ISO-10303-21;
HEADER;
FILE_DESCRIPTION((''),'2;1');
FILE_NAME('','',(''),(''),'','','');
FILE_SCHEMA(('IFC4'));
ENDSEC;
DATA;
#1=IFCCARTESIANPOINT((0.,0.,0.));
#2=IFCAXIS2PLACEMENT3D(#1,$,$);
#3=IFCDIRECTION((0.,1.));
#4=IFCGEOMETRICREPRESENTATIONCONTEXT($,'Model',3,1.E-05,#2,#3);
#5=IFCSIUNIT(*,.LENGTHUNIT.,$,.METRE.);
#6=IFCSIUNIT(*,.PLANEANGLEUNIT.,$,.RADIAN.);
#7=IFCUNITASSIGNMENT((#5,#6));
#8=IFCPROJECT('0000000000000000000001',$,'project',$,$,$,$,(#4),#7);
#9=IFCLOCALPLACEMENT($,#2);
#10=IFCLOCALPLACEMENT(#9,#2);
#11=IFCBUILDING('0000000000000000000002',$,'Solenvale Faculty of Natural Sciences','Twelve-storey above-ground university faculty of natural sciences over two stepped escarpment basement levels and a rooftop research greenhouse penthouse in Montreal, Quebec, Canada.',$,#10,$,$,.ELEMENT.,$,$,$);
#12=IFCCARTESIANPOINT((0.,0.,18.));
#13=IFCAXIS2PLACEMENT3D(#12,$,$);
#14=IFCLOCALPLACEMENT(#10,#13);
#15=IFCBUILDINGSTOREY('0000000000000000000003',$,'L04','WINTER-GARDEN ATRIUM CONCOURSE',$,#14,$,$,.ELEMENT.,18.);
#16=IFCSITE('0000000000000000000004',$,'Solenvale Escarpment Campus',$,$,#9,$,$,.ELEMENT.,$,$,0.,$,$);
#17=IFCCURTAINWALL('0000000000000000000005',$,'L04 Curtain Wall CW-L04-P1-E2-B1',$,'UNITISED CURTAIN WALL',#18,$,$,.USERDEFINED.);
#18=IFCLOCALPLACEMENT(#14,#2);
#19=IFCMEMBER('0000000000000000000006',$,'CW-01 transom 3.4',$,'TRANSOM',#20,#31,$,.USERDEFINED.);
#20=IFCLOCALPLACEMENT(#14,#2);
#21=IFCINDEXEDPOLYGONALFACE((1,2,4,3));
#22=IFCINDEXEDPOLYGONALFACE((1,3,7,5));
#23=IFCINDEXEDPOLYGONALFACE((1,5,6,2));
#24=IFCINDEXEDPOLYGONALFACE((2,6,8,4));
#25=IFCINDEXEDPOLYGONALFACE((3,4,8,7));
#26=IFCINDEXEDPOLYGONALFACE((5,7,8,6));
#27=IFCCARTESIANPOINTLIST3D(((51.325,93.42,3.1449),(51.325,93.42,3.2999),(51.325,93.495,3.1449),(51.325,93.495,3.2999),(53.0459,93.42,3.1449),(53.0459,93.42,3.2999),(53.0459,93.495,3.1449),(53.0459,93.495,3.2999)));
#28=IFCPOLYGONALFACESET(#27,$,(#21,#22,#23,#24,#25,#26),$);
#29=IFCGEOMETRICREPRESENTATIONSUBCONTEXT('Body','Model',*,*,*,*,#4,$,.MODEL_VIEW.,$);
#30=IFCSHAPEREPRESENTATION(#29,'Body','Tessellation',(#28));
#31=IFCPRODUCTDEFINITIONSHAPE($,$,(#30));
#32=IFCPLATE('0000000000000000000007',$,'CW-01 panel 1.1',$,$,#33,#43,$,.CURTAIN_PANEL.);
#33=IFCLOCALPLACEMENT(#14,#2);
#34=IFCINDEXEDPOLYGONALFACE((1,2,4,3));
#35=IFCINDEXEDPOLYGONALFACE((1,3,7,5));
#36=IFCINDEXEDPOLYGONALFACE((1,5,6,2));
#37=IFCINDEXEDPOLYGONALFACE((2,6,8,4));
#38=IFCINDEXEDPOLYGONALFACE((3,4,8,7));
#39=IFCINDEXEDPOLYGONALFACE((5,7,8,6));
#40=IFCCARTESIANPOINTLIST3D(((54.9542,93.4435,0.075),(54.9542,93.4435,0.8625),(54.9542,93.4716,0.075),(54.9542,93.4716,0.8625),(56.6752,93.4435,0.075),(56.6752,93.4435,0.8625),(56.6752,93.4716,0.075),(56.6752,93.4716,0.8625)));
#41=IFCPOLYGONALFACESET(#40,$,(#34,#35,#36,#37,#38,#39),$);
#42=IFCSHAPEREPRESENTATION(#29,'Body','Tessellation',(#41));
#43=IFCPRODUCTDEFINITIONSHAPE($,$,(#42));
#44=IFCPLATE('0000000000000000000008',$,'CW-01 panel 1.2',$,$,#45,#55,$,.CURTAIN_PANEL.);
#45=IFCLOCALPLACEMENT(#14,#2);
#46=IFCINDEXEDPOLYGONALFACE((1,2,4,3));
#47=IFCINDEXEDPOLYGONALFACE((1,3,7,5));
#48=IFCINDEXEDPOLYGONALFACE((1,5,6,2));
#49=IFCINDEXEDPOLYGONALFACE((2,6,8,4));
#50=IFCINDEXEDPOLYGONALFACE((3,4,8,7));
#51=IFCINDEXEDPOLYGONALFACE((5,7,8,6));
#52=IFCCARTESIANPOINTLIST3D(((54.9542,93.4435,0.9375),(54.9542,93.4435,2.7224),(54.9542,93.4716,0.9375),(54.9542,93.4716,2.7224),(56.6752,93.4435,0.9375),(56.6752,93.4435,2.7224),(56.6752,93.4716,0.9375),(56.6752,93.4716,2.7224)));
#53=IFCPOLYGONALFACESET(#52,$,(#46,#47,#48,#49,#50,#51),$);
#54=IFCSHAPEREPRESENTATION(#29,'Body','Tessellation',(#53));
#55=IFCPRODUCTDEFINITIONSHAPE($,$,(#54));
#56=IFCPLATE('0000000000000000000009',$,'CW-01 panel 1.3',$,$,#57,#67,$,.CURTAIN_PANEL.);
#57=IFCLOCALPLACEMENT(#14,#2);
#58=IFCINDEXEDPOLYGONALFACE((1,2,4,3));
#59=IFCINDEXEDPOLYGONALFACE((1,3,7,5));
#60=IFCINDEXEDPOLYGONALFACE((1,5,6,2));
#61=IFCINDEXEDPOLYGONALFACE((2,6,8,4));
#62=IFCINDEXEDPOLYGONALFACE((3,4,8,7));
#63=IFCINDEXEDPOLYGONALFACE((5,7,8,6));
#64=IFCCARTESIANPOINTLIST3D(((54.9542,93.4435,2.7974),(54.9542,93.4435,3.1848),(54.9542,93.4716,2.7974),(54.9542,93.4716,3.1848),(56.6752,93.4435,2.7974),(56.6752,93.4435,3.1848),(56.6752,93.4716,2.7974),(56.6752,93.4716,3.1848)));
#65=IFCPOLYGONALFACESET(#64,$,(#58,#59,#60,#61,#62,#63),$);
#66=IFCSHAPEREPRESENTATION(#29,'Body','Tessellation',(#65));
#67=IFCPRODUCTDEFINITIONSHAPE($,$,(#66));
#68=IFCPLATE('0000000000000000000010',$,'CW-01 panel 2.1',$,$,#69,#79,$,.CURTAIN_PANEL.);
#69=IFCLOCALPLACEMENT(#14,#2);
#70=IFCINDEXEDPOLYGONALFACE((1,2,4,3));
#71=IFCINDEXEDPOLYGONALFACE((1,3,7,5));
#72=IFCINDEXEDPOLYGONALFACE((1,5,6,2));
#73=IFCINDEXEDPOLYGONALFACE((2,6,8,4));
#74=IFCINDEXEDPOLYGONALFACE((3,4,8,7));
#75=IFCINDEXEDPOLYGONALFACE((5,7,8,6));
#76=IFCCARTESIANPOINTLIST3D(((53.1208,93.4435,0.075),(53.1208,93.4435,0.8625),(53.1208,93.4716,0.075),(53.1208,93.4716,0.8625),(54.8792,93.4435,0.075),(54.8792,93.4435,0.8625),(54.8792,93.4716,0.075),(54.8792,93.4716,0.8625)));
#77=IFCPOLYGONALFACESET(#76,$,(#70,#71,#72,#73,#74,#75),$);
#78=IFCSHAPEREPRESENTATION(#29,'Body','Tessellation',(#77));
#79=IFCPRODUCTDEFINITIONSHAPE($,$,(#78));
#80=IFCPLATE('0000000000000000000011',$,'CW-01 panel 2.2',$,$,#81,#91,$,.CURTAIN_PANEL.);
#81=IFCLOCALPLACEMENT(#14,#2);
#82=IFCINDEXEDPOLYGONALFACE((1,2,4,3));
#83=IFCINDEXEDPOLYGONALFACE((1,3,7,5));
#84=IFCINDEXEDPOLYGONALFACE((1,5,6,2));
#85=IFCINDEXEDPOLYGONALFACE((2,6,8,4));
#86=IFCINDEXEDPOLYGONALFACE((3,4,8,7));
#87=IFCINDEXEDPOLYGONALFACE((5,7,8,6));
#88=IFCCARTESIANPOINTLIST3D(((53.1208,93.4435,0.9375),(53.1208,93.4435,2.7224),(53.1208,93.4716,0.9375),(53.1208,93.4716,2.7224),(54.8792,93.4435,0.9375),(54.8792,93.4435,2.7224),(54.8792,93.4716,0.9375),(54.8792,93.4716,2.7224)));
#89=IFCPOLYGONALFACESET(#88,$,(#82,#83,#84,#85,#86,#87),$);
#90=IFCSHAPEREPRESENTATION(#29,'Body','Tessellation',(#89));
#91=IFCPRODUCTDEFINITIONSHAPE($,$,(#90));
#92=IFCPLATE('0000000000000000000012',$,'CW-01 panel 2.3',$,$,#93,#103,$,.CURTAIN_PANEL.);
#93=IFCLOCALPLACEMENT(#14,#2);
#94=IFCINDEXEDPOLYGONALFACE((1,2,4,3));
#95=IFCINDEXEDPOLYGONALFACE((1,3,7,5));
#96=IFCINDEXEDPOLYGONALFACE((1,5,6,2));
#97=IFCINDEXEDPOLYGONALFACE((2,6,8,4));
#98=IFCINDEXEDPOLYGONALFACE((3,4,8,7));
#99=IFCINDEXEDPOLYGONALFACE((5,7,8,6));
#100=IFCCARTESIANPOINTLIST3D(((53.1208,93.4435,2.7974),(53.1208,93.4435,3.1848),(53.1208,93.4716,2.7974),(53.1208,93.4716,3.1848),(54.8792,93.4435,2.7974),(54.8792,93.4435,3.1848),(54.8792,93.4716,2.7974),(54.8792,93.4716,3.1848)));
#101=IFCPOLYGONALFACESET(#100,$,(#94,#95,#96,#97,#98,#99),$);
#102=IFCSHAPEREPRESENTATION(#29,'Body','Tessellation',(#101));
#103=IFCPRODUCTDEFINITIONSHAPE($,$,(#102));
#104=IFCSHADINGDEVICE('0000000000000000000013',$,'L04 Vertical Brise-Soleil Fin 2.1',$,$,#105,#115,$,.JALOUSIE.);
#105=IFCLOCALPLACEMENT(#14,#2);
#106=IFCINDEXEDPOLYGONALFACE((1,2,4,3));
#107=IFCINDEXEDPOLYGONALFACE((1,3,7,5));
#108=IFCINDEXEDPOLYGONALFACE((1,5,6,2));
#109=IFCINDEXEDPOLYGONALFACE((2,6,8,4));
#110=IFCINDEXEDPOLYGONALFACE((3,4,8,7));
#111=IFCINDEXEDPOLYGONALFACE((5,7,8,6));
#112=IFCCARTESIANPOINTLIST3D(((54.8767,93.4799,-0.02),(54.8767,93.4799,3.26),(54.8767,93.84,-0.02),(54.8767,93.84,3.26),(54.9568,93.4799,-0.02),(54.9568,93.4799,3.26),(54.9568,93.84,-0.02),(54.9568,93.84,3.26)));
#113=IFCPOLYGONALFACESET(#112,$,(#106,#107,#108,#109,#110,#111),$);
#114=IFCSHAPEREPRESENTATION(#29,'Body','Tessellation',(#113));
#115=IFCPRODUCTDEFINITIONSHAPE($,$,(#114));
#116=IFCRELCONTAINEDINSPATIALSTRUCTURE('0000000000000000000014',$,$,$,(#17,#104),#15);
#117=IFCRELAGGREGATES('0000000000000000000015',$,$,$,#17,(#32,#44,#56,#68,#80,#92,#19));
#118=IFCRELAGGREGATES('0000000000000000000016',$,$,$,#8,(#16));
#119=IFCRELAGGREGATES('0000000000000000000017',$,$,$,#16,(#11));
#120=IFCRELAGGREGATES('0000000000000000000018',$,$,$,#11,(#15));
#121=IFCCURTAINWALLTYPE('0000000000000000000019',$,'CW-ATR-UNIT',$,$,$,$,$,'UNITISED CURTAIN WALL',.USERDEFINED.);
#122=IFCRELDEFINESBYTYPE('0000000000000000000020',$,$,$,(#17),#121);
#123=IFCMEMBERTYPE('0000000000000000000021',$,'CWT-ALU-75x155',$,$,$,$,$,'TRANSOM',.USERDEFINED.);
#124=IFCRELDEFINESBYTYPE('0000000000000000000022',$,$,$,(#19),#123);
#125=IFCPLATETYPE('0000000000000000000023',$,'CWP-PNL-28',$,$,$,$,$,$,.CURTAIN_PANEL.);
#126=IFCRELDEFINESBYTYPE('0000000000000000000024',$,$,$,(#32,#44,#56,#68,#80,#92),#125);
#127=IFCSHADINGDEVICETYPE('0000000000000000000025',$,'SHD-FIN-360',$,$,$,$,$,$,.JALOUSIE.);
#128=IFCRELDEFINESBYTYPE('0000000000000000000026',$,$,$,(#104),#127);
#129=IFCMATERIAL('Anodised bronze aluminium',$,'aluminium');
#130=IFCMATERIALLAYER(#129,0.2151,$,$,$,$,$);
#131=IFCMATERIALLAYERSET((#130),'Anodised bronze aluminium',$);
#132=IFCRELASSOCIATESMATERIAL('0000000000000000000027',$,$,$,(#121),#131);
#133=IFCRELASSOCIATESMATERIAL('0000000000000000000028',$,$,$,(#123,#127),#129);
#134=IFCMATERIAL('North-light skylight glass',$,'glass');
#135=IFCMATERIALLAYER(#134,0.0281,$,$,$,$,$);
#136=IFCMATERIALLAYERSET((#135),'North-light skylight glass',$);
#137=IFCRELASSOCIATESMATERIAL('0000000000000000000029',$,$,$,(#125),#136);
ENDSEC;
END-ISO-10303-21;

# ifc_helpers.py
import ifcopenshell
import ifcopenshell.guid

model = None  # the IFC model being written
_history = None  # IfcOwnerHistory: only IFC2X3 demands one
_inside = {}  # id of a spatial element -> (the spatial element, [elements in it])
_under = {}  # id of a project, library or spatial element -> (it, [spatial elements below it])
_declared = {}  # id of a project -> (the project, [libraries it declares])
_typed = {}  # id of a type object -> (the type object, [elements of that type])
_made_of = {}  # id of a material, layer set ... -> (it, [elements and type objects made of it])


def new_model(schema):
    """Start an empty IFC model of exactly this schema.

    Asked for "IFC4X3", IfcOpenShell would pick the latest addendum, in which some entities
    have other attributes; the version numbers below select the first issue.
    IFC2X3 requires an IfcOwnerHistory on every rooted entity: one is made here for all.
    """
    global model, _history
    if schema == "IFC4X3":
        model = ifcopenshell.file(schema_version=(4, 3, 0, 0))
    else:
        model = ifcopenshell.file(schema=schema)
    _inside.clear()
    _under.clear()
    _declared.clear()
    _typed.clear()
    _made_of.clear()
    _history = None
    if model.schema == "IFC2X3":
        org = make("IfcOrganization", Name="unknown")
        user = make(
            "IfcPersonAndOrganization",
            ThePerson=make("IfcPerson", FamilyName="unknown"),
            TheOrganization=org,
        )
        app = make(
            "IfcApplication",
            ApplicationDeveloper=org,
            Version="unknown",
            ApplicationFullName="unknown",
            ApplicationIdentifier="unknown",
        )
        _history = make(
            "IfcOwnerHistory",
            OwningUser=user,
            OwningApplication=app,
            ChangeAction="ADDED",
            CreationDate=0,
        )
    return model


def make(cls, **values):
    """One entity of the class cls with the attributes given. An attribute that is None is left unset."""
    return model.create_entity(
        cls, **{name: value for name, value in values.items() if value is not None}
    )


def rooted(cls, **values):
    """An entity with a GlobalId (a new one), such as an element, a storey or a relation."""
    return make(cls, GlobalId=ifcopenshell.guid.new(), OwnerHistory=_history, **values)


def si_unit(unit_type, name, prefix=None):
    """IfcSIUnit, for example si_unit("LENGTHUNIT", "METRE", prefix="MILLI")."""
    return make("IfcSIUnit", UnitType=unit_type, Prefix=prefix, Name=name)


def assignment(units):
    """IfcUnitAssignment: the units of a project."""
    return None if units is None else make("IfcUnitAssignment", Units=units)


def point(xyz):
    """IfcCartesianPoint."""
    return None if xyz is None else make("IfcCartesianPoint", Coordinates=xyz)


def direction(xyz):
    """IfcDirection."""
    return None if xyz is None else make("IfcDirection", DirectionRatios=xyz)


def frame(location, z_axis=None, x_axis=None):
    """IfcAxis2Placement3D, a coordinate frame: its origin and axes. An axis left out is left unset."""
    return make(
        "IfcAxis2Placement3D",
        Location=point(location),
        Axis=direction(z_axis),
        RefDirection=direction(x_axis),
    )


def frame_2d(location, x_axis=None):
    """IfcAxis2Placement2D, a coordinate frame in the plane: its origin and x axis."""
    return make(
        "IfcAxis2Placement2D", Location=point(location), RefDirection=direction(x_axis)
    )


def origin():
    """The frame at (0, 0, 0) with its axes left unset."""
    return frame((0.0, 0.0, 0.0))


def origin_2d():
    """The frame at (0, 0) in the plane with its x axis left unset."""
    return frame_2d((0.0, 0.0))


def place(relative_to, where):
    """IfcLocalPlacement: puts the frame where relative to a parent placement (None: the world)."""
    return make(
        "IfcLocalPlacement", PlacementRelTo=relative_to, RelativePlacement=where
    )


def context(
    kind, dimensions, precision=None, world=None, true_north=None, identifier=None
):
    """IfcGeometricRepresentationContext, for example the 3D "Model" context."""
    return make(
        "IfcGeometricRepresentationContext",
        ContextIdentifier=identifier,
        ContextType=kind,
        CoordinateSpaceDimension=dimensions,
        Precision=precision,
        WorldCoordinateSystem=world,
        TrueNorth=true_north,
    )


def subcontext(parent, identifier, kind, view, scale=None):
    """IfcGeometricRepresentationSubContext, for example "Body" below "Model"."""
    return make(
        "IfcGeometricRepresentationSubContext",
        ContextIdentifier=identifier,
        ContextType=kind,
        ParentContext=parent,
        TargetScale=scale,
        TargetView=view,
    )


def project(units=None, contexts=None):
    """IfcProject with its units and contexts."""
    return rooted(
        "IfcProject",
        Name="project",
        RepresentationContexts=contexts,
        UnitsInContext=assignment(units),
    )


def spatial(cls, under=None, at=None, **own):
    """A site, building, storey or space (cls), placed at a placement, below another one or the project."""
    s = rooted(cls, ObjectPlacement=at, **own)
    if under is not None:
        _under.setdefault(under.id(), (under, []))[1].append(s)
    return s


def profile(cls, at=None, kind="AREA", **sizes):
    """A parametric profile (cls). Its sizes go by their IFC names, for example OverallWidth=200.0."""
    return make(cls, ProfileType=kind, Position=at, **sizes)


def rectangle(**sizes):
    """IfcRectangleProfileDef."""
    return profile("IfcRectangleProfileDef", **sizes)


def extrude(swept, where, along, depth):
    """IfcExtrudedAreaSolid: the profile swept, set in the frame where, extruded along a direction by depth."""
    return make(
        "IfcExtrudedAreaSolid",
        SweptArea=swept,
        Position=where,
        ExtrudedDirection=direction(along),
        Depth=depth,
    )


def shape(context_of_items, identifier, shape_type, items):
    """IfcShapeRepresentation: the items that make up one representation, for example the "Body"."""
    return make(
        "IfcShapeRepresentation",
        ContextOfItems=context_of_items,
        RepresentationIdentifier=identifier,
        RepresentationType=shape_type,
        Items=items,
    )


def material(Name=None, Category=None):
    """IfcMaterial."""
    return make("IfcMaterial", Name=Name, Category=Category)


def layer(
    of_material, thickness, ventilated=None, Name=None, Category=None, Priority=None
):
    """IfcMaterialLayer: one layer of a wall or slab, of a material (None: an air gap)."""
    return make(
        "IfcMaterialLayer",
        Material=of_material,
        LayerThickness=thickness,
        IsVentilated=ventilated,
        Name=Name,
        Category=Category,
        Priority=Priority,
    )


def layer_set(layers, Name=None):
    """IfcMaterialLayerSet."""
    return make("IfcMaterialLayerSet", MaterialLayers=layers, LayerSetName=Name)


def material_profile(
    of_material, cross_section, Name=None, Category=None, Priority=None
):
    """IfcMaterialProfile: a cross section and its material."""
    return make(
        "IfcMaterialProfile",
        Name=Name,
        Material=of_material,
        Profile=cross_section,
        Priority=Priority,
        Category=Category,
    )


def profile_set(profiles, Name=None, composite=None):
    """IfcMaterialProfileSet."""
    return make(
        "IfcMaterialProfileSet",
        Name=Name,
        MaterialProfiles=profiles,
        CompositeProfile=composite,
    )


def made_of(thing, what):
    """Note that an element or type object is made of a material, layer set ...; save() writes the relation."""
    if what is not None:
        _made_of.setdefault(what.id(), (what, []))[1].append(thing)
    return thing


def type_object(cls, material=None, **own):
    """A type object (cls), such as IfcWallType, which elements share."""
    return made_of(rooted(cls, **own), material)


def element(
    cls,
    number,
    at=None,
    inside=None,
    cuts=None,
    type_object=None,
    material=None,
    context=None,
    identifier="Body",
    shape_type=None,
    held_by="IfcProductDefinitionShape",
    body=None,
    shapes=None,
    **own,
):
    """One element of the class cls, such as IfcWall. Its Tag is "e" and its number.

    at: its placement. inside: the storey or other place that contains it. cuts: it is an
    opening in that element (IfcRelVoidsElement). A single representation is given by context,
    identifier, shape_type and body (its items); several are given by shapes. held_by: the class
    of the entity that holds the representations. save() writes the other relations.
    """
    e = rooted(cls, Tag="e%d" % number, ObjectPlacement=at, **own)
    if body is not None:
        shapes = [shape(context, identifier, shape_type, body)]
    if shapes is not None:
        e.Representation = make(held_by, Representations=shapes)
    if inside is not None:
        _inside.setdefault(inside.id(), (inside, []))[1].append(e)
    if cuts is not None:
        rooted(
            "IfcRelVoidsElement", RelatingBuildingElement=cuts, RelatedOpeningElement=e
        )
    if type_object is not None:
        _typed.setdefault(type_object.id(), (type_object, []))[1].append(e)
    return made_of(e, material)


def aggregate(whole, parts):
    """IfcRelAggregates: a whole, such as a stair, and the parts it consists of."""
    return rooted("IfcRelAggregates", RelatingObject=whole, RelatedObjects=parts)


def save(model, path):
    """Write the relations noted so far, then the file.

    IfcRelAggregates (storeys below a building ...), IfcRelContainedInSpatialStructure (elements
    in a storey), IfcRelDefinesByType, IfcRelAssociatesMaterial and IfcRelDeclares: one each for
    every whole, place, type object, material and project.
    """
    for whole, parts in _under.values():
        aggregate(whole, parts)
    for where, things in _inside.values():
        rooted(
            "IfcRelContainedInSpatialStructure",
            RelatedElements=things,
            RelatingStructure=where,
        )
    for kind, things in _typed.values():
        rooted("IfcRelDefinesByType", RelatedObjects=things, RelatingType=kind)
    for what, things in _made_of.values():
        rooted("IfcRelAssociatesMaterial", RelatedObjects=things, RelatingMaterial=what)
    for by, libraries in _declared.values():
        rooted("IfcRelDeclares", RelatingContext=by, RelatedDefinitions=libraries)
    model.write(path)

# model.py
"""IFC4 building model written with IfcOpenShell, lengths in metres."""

from ifc_helpers import new_model, si_unit, direction, frame, origin, origin_2d, place, context, subcontext, project, spatial, rectangle, extrude, material, layer, layer_set, material_profile, profile_set, type_object, element, aggregate, save


model = new_model("IFC4")

# Units and contexts
model_context = context("Model", 3, precision=1e-05, world=origin(), true_north=direction((0.0, 1.0)))
body_context = subcontext(model_context, "Body", "Model", "MODEL_VIEW")
ifc_project = project(units=[si_unit("LENGTHUNIT", "METRE"), si_unit("PLANEANGLEUNIT", "RADIAN")], contexts=[model_context])

# Site, building, storey
site_placement = place(None, origin())
site = spatial("IfcSite", under=ifc_project, at=site_placement, Name="Solenvale Escarpment Campus", CompositionType="ELEMENT", RefElevation=0.0)
building_placement = place(site_placement, origin())
building = spatial("IfcBuilding", under=site, at=building_placement, Name="Solenvale Faculty of Natural Sciences", Description="Twelve-storey above-ground university faculty of natural sciences over two stepped escarpment basement levels and a rooftop research greenhouse penthouse in Montreal, Quebec, Canada.", CompositionType="ELEMENT")
storey_placement = place(building_placement, frame((0.0, 0.0, 18.0)))
storey = spatial("IfcBuildingStorey", under=building, at=storey_placement, Name="L04", Description="WINTER-GARDEN ATRIUM CONCOURSE", CompositionType="ELEMENT", Elevation=18.0)

# Shared definitions
ifc_material_1 = material(Name="Anodised bronze aluminium", Category="aluminium")
ifc_layer_1 = layer(ifc_material_1, 0.2151)
ifc_layer_set_1 = layer_set([ifc_layer_1], Name="Anodised bronze aluminium")
curtain_wall_type = type_object("IfcCurtainWallType", Name="CW-ATR-UNIT", ElementType="UNITISED CURTAIN WALL", PredefinedType="USERDEFINED", material=ifc_layer_set_1)

# Curtain wall
curtain_wall_1_placement = place(storey_placement, origin())
curtain_wall_1 = element("IfcCurtainWall", 1, at=curtain_wall_1_placement, inside=storey, type_object=curtain_wall_type, Name="L04 Curtain Wall CW-L04-P1-E2-B1", ObjectType="UNITISED CURTAIN WALL", PredefinedType="USERDEFINED")

# Member
ifc_material_profile_1 = material_profile(ifc_material_1, rectangle(XDim=0.075, YDim=0.155, at=origin_2d()), Name="ALU-TRN-75x155")
ifc_profile_set_1 = profile_set([ifc_material_profile_1], Name="Anodised bronze aluminium")
member_type_1 = type_object("IfcMemberType", Name="CWT-ALU-75x155", ElementType="TRANSOM", PredefinedType="USERDEFINED", material=ifc_profile_set_1)
member_1_placement = place(storey_placement, frame((53.0459, 93.4575, 3.2224), z_axis=(-1.0, 0.0, 0.0), x_axis=(0.0, -1.0, 0.0)))
member_1 = element("IfcMember", 2, at=member_1_placement, type_object=member_type_1, Name="CW-01 transom 3.4", ObjectType="TRANSOM", PredefinedType="USERDEFINED", context=body_context, shape_type="SweptSolid", body=[
    extrude(rectangle(XDim=0.075, YDim=0.155, at=origin_2d()), origin(), (0.0, 0.0, 1.0), 1.7209),
])

# Plates
ifc_material_2 = material(Name="North-light skylight glass", Category="glass")
ifc_layer_2 = layer(ifc_material_2, 0.0281)
ifc_layer_set_2 = layer_set([ifc_layer_2], Name="North-light skylight glass")
plate_type = type_object("IfcPlateType", Name="CWP-PNL-28", PredefinedType="CURTAIN_PANEL", material=ifc_layer_set_2)
plate_1_placement = place(storey_placement, frame((55.8147, 93.4575, 0.075), z_axis=(0.0, 0.0, 1.0), x_axis=(-1.0, 0.0, 0.0)))
plate_1 = element("IfcPlate", 3, at=plate_1_placement, type_object=plate_type, Name="CW-01 panel 1.1", PredefinedType="CURTAIN_PANEL", context=body_context, shape_type="SweptSolid", body=[
    extrude(rectangle(XDim=1.7209, YDim=0.0281, at=origin_2d()), origin(), (0.0, 0.0, 1.0), 0.7876),
])
plate_2_placement = place(storey_placement, frame((55.8147, 93.4575, 0.9375), z_axis=(0.0, 0.0, 1.0), x_axis=(-1.0, 0.0, 0.0)))
plate_2 = element("IfcPlate", 4, at=plate_2_placement, type_object=plate_type, Name="CW-01 panel 1.2", PredefinedType="CURTAIN_PANEL", context=body_context, shape_type="SweptSolid", body=[
    extrude(rectangle(XDim=1.7209, YDim=0.0281, at=origin_2d()), origin(), (0.0, 0.0, 1.0), 1.7849),
])
plate_3_placement = place(storey_placement, frame((55.8147, 93.4575, 2.7974), z_axis=(0.0, 0.0, 1.0), x_axis=(-1.0, 0.0, 0.0)))
plate_3 = element("IfcPlate", 5, at=plate_3_placement, type_object=plate_type, Name="CW-01 panel 1.3", PredefinedType="CURTAIN_PANEL", context=body_context, shape_type="SweptSolid", body=[
    extrude(rectangle(XDim=1.7209, YDim=0.0281, at=origin_2d()), origin(), (0.0, 0.0, 1.0), 0.3875),
])
plate_4_placement = place(storey_placement, frame((54.0, 93.4575, 0.075), z_axis=(0.0, 0.0, 1.0), x_axis=(-1.0, 0.0, 0.0)))
plate_4 = element("IfcPlate", 6, at=plate_4_placement, type_object=plate_type, Name="CW-01 panel 2.1", PredefinedType="CURTAIN_PANEL", context=body_context, shape_type="SweptSolid", body=[
    extrude(rectangle(XDim=1.7583, YDim=0.0281, at=origin_2d()), origin(), (0.0, 0.0, 1.0), 0.7876),
])
plate_5_placement = place(storey_placement, frame((54.0, 93.4575, 0.9375), z_axis=(0.0, 0.0, 1.0), x_axis=(-1.0, 0.0, 0.0)))
plate_5 = element("IfcPlate", 7, at=plate_5_placement, type_object=plate_type, Name="CW-01 panel 2.2", PredefinedType="CURTAIN_PANEL", context=body_context, shape_type="SweptSolid", body=[
    extrude(rectangle(XDim=1.7583, YDim=0.0281, at=origin_2d()), origin(), (0.0, 0.0, 1.0), 1.7849),
])
plate_6_placement = place(storey_placement, frame((54.0, 93.4575, 2.7974), z_axis=(0.0, 0.0, 1.0), x_axis=(-1.0, 0.0, 0.0)))
plate_6 = element("IfcPlate", 8, at=plate_6_placement, type_object=plate_type, Name="CW-01 panel 2.3", PredefinedType="CURTAIN_PANEL", context=body_context, shape_type="SweptSolid", body=[
    extrude(rectangle(XDim=1.7583, YDim=0.0281, at=origin_2d()), origin(), (0.0, 0.0, 1.0), 0.3875),
])
aggregate(curtain_wall_1, [plate_1, plate_2, plate_3, plate_4, plate_5, plate_6, member_1])

# Shading device
ifc_material_profile_2 = material_profile(ifc_material_1, rectangle(XDim=0.0801, YDim=0.3601, at=origin_2d()), Name="ALU-FIN-80x360")
ifc_profile_set_2 = profile_set([ifc_material_profile_2], Name="Anodised bronze aluminium")
shading_device_type = type_object("IfcShadingDeviceType", Name="SHD-FIN-360", PredefinedType="JALOUSIE", material=ifc_profile_set_2)
shading_device_placement = place(storey_placement, frame((54.9167, 93.6599, -0.02), z_axis=(0.0, 0.0, 1.0), x_axis=(1.0, 0.0, 0.0)))
element("IfcShadingDevice", 9, at=shading_device_placement, inside=storey, type_object=shading_device_type, Name="L04 Vertical Brise-Soleil Fin 2.1", PredefinedType="JALOUSIE", context=body_context, shape_type="SweptSolid", body=[
    extrude(rectangle(XDim=0.0801, YDim=0.3601, at=origin_2d()), origin(), (0.0, 0.0, 1.0), 3.28),
])

save(model, "model.ifc")
